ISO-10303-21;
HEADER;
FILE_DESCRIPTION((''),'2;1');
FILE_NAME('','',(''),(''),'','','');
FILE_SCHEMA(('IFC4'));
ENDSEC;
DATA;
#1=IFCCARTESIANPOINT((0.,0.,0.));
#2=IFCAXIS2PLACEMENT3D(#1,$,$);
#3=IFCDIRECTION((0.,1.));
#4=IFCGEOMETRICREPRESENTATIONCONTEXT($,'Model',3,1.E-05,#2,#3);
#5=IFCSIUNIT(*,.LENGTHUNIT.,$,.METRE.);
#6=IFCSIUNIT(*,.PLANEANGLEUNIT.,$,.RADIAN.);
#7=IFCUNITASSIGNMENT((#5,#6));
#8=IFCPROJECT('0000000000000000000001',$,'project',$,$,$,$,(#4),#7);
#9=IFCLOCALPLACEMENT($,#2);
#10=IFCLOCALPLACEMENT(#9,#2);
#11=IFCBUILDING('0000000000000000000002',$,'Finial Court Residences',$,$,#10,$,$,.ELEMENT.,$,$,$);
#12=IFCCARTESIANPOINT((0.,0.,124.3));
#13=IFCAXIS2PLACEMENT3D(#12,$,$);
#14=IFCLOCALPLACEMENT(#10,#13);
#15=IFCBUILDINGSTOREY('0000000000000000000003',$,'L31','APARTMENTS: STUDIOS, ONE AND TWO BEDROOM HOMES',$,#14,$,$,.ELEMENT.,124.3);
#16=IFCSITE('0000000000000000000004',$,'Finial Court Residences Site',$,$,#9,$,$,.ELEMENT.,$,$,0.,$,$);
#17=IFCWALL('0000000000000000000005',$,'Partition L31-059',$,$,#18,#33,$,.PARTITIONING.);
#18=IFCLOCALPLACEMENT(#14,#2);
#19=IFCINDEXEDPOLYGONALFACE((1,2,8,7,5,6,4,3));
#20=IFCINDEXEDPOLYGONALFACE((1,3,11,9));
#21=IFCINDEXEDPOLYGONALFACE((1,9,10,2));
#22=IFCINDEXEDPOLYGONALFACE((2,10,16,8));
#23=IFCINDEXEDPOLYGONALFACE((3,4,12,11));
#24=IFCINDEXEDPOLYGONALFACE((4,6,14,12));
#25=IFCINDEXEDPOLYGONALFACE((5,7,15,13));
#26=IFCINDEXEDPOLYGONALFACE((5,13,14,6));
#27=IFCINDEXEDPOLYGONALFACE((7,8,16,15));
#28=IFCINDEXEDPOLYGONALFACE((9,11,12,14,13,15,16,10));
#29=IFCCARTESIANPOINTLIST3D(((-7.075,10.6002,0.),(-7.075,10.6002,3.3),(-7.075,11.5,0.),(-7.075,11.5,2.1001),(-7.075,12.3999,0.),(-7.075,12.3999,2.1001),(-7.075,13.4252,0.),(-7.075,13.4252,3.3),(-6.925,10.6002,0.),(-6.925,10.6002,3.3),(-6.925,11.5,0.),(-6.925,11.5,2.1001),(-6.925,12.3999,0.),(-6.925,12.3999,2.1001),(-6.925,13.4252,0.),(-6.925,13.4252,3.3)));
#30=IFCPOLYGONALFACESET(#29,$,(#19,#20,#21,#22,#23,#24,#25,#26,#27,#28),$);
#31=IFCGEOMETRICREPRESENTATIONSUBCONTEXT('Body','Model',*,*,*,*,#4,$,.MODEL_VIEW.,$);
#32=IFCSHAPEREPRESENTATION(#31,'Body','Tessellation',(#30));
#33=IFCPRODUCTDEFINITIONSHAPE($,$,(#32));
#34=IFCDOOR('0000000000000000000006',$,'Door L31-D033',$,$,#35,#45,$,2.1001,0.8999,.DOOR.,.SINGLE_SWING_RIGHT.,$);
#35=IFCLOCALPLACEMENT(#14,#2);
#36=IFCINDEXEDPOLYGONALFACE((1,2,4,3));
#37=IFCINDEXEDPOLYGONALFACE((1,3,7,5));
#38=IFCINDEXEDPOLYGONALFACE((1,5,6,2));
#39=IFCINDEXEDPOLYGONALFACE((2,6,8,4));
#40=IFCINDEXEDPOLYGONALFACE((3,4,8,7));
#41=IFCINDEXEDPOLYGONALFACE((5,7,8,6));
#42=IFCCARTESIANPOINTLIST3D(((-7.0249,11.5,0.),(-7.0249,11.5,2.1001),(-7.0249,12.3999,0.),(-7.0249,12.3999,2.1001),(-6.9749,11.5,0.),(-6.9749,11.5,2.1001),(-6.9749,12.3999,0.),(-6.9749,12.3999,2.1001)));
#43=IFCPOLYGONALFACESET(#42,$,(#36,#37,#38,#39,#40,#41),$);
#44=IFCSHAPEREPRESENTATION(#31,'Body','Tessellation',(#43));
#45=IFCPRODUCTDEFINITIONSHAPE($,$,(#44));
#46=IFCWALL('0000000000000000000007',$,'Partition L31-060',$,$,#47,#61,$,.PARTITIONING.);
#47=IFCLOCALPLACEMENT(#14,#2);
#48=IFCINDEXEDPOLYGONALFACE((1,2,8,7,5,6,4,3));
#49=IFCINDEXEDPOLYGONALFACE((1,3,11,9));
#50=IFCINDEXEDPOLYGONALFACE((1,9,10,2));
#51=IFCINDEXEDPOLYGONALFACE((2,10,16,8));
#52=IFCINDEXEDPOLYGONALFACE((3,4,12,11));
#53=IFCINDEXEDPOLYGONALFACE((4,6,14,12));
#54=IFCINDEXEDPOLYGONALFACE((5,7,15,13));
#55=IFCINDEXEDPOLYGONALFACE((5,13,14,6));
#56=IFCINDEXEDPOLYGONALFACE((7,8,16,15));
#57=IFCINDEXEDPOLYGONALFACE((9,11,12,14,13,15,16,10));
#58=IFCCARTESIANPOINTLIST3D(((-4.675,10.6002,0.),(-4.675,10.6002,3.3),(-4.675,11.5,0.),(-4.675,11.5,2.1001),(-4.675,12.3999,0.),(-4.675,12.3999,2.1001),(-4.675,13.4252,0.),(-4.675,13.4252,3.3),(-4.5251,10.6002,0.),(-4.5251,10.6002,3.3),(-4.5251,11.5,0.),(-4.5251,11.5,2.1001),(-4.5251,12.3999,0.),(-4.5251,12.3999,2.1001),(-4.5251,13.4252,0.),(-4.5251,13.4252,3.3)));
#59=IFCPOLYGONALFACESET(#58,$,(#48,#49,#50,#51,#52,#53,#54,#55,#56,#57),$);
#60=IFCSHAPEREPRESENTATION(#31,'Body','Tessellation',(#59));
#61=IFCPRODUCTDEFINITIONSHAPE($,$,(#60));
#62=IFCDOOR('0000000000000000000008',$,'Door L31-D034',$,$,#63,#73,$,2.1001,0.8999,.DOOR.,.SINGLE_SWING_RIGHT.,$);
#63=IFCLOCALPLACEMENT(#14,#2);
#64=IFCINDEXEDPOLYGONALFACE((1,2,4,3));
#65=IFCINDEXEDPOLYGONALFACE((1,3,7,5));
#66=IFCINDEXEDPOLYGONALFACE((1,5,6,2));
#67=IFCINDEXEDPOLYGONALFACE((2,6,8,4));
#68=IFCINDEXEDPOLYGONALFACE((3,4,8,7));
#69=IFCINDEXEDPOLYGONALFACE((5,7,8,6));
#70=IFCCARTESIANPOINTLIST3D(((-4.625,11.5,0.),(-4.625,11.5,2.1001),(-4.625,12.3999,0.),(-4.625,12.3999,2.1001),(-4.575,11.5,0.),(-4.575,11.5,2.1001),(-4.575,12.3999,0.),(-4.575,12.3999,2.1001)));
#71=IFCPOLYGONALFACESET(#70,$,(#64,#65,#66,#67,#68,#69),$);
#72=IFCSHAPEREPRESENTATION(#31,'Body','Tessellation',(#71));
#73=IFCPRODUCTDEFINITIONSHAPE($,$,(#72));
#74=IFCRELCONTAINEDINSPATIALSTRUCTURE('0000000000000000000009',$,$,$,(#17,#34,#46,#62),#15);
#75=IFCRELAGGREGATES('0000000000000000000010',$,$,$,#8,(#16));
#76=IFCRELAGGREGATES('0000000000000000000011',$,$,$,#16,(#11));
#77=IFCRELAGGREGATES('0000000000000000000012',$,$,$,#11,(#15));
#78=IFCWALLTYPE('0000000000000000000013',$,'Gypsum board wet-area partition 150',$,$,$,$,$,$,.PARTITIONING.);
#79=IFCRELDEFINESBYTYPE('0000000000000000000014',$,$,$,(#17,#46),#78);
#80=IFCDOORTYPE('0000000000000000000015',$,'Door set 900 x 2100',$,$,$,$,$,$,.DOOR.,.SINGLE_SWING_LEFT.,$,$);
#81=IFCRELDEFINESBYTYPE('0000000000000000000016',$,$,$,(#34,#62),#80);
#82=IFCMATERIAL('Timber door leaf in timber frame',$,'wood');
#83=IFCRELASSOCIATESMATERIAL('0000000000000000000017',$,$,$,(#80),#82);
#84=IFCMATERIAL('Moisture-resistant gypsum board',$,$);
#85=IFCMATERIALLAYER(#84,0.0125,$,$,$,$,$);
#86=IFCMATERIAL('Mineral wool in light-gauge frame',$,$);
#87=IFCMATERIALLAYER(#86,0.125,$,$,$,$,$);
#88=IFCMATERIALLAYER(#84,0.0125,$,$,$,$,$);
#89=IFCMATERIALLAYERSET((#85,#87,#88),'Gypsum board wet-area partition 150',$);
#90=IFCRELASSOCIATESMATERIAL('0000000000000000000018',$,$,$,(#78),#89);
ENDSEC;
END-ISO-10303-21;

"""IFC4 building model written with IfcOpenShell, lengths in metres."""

from ifc_helpers import new_model, si_unit, direction, frame, frame_2d, origin, place, context, subcontext, project, spatial, rectangle, extrude, material, layer, layer_set, type_object, element, fill, save


model = new_model("IFC4")

# Units and contexts
model_context = context("Model", 3, precision=1e-05, world=origin(), true_north=direction((0.0, 1.0)))
body_context = subcontext(model_context, "Body", "Model", "MODEL_VIEW")
ifc_project = project(units=[si_unit("LENGTHUNIT", "METRE"), si_unit("PLANEANGLEUNIT", "RADIAN")], contexts=[model_context])

# Site, building, storey
site_placement = place(None, origin())
site = spatial("IfcSite", under=ifc_project, at=site_placement, Name="Finial Court Residences Site", CompositionType="ELEMENT", RefElevation=0.0)
building_placement = place(site_placement, origin())
building = spatial("IfcBuilding", under=site, at=building_placement, Name="Finial Court Residences", CompositionType="ELEMENT")
storey_placement = place(building_placement, frame((0.0, 0.0, 124.3)))
storey = spatial("IfcBuildingStorey", under=building, at=storey_placement, Name="L31", Description="APARTMENTS: STUDIOS, ONE AND TWO BEDROOM HOMES", CompositionType="ELEMENT", Elevation=124.3)

# Shared definitions
ifc_material_1 = material(Name="Mineral wool in light-gauge frame")

# Shared definitions
ifc_material_2 = material(Name="Timber door leaf in timber frame", Category="wood")
door_type = type_object("IfcDoorType", Name="Door set 900 x 2100", OperationType="SINGLE_SWING_LEFT", PredefinedType="DOOR", material=ifc_material_2)

# Shared definitions
ifc_material_3 = material(Name="Moisture-resistant gypsum board")
ifc_layer_1 = layer(ifc_material_3, 0.0125)
ifc_layer_2 = layer(ifc_material_1, 0.125)
ifc_layer_3 = layer(ifc_material_3, 0.0125)
ifc_layer_set_1 = layer_set([ifc_layer_1, ifc_layer_2, ifc_layer_3], Name="Gypsum board wet-area partition 150")
wall_type_1 = type_object("IfcWallType", Name="Gypsum board wet-area partition 150", PredefinedType="PARTITIONING", material=ifc_layer_set_1)

# Walls, openings, doors
wall_1_placement = place(storey_placement, frame((-7.0, 10.6001, 0.0), z_axis=(0.0, 0.0, 1.0), x_axis=(0.0, 1.0, 0.0)))
wall_1 = element("IfcWall", 1, at=wall_1_placement, inside=storey, type_object=wall_type_1, Name="Partition L31-059", PredefinedType="PARTITIONING", context=body_context, shape_type="SweptSolid", body=[
    extrude(rectangle(XDim=2.825, YDim=0.1499, at=frame_2d((1.4126, 0.0))), origin(), (0.0, 0.0, 1.0), 3.3),
])
opening_1_placement = place(wall_1_placement, frame((0.8999, 0.0, 0.0)))
opening_1 = element("IfcOpeningElement", 2, at=opening_1_placement, cuts=wall_1, PredefinedType="OPENING", context=body_context, shape_type="SweptSolid", body=[
    extrude(rectangle(XDim=0.8999, YDim=2.1001, at=frame_2d((0.45, 1.05))), frame((0.0, 0.085, 0.0), z_axis=(0.0, -1.0, 0.0), x_axis=(1.0, 0.0, 0.0)), (0.0, 0.0, 1.0), 0.1699),
])
door_1_placement = place(opening_1_placement, origin())
door_1 = element("IfcDoor", 3, at=door_1_placement, inside=storey, type_object=door_type, Name="Door L31-D033", OperationType="SINGLE_SWING_RIGHT", OverallHeight=2.1001, OverallWidth=0.8999, PredefinedType="DOOR", context=body_context, shape_type="SweptSolid", body=[
    extrude(rectangle(XDim=0.8999, YDim=2.1001, at=frame_2d((0.45, 1.05))), frame((0.0, 0.0249, 0.0), z_axis=(0.0, -1.0, 0.0), x_axis=(1.0, 0.0, 0.0)), (0.0, 0.0, 1.0), 0.05),
])
fill(opening_1, door_1)
wall_2_placement = place(storey_placement, frame((-4.6001, 10.6001, 0.0), z_axis=(0.0, 0.0, 1.0), x_axis=(0.0, 1.0, 0.0)))
wall_2 = element("IfcWall", 4, at=wall_2_placement, inside=storey, type_object=wall_type_1, Name="Partition L31-060", PredefinedType="PARTITIONING", context=body_context, shape_type="SweptSolid", body=[
    extrude(rectangle(XDim=2.825, YDim=0.1499, at=frame_2d((1.4126, 0.0))), origin(), (0.0, 0.0, 1.0), 3.3),
])
opening_2_placement = place(wall_2_placement, frame((0.8999, 0.0, 0.0)))
opening_2 = element("IfcOpeningElement", 5, at=opening_2_placement, cuts=wall_2, PredefinedType="OPENING", context=body_context, shape_type="SweptSolid", body=[
    extrude(rectangle(XDim=0.8999, YDim=2.1001, at=frame_2d((0.45, 1.05))), frame((0.0, 0.085, 0.0), z_axis=(0.0, -1.0, 0.0), x_axis=(1.0, 0.0, 0.0)), (0.0, 0.0, 1.0), 0.1699),
])
door_2_placement = place(opening_2_placement, origin())
door_2 = element("IfcDoor", 6, at=door_2_placement, inside=storey, type_object=door_type, Name="Door L31-D034", OperationType="SINGLE_SWING_RIGHT", OverallHeight=2.1001, OverallWidth=0.8999, PredefinedType="DOOR", context=body_context, shape_type="SweptSolid", body=[
    extrude(rectangle(XDim=0.8999, YDim=2.1001, at=frame_2d((0.45, 1.05))), frame((0.0, 0.0249, 0.0), z_axis=(0.0, -1.0, 0.0), x_axis=(1.0, 0.0, 0.0)), (0.0, 0.0, 1.0), 0.05),
])
fill(opening_2, door_2)

save(model, "model.ifc")
